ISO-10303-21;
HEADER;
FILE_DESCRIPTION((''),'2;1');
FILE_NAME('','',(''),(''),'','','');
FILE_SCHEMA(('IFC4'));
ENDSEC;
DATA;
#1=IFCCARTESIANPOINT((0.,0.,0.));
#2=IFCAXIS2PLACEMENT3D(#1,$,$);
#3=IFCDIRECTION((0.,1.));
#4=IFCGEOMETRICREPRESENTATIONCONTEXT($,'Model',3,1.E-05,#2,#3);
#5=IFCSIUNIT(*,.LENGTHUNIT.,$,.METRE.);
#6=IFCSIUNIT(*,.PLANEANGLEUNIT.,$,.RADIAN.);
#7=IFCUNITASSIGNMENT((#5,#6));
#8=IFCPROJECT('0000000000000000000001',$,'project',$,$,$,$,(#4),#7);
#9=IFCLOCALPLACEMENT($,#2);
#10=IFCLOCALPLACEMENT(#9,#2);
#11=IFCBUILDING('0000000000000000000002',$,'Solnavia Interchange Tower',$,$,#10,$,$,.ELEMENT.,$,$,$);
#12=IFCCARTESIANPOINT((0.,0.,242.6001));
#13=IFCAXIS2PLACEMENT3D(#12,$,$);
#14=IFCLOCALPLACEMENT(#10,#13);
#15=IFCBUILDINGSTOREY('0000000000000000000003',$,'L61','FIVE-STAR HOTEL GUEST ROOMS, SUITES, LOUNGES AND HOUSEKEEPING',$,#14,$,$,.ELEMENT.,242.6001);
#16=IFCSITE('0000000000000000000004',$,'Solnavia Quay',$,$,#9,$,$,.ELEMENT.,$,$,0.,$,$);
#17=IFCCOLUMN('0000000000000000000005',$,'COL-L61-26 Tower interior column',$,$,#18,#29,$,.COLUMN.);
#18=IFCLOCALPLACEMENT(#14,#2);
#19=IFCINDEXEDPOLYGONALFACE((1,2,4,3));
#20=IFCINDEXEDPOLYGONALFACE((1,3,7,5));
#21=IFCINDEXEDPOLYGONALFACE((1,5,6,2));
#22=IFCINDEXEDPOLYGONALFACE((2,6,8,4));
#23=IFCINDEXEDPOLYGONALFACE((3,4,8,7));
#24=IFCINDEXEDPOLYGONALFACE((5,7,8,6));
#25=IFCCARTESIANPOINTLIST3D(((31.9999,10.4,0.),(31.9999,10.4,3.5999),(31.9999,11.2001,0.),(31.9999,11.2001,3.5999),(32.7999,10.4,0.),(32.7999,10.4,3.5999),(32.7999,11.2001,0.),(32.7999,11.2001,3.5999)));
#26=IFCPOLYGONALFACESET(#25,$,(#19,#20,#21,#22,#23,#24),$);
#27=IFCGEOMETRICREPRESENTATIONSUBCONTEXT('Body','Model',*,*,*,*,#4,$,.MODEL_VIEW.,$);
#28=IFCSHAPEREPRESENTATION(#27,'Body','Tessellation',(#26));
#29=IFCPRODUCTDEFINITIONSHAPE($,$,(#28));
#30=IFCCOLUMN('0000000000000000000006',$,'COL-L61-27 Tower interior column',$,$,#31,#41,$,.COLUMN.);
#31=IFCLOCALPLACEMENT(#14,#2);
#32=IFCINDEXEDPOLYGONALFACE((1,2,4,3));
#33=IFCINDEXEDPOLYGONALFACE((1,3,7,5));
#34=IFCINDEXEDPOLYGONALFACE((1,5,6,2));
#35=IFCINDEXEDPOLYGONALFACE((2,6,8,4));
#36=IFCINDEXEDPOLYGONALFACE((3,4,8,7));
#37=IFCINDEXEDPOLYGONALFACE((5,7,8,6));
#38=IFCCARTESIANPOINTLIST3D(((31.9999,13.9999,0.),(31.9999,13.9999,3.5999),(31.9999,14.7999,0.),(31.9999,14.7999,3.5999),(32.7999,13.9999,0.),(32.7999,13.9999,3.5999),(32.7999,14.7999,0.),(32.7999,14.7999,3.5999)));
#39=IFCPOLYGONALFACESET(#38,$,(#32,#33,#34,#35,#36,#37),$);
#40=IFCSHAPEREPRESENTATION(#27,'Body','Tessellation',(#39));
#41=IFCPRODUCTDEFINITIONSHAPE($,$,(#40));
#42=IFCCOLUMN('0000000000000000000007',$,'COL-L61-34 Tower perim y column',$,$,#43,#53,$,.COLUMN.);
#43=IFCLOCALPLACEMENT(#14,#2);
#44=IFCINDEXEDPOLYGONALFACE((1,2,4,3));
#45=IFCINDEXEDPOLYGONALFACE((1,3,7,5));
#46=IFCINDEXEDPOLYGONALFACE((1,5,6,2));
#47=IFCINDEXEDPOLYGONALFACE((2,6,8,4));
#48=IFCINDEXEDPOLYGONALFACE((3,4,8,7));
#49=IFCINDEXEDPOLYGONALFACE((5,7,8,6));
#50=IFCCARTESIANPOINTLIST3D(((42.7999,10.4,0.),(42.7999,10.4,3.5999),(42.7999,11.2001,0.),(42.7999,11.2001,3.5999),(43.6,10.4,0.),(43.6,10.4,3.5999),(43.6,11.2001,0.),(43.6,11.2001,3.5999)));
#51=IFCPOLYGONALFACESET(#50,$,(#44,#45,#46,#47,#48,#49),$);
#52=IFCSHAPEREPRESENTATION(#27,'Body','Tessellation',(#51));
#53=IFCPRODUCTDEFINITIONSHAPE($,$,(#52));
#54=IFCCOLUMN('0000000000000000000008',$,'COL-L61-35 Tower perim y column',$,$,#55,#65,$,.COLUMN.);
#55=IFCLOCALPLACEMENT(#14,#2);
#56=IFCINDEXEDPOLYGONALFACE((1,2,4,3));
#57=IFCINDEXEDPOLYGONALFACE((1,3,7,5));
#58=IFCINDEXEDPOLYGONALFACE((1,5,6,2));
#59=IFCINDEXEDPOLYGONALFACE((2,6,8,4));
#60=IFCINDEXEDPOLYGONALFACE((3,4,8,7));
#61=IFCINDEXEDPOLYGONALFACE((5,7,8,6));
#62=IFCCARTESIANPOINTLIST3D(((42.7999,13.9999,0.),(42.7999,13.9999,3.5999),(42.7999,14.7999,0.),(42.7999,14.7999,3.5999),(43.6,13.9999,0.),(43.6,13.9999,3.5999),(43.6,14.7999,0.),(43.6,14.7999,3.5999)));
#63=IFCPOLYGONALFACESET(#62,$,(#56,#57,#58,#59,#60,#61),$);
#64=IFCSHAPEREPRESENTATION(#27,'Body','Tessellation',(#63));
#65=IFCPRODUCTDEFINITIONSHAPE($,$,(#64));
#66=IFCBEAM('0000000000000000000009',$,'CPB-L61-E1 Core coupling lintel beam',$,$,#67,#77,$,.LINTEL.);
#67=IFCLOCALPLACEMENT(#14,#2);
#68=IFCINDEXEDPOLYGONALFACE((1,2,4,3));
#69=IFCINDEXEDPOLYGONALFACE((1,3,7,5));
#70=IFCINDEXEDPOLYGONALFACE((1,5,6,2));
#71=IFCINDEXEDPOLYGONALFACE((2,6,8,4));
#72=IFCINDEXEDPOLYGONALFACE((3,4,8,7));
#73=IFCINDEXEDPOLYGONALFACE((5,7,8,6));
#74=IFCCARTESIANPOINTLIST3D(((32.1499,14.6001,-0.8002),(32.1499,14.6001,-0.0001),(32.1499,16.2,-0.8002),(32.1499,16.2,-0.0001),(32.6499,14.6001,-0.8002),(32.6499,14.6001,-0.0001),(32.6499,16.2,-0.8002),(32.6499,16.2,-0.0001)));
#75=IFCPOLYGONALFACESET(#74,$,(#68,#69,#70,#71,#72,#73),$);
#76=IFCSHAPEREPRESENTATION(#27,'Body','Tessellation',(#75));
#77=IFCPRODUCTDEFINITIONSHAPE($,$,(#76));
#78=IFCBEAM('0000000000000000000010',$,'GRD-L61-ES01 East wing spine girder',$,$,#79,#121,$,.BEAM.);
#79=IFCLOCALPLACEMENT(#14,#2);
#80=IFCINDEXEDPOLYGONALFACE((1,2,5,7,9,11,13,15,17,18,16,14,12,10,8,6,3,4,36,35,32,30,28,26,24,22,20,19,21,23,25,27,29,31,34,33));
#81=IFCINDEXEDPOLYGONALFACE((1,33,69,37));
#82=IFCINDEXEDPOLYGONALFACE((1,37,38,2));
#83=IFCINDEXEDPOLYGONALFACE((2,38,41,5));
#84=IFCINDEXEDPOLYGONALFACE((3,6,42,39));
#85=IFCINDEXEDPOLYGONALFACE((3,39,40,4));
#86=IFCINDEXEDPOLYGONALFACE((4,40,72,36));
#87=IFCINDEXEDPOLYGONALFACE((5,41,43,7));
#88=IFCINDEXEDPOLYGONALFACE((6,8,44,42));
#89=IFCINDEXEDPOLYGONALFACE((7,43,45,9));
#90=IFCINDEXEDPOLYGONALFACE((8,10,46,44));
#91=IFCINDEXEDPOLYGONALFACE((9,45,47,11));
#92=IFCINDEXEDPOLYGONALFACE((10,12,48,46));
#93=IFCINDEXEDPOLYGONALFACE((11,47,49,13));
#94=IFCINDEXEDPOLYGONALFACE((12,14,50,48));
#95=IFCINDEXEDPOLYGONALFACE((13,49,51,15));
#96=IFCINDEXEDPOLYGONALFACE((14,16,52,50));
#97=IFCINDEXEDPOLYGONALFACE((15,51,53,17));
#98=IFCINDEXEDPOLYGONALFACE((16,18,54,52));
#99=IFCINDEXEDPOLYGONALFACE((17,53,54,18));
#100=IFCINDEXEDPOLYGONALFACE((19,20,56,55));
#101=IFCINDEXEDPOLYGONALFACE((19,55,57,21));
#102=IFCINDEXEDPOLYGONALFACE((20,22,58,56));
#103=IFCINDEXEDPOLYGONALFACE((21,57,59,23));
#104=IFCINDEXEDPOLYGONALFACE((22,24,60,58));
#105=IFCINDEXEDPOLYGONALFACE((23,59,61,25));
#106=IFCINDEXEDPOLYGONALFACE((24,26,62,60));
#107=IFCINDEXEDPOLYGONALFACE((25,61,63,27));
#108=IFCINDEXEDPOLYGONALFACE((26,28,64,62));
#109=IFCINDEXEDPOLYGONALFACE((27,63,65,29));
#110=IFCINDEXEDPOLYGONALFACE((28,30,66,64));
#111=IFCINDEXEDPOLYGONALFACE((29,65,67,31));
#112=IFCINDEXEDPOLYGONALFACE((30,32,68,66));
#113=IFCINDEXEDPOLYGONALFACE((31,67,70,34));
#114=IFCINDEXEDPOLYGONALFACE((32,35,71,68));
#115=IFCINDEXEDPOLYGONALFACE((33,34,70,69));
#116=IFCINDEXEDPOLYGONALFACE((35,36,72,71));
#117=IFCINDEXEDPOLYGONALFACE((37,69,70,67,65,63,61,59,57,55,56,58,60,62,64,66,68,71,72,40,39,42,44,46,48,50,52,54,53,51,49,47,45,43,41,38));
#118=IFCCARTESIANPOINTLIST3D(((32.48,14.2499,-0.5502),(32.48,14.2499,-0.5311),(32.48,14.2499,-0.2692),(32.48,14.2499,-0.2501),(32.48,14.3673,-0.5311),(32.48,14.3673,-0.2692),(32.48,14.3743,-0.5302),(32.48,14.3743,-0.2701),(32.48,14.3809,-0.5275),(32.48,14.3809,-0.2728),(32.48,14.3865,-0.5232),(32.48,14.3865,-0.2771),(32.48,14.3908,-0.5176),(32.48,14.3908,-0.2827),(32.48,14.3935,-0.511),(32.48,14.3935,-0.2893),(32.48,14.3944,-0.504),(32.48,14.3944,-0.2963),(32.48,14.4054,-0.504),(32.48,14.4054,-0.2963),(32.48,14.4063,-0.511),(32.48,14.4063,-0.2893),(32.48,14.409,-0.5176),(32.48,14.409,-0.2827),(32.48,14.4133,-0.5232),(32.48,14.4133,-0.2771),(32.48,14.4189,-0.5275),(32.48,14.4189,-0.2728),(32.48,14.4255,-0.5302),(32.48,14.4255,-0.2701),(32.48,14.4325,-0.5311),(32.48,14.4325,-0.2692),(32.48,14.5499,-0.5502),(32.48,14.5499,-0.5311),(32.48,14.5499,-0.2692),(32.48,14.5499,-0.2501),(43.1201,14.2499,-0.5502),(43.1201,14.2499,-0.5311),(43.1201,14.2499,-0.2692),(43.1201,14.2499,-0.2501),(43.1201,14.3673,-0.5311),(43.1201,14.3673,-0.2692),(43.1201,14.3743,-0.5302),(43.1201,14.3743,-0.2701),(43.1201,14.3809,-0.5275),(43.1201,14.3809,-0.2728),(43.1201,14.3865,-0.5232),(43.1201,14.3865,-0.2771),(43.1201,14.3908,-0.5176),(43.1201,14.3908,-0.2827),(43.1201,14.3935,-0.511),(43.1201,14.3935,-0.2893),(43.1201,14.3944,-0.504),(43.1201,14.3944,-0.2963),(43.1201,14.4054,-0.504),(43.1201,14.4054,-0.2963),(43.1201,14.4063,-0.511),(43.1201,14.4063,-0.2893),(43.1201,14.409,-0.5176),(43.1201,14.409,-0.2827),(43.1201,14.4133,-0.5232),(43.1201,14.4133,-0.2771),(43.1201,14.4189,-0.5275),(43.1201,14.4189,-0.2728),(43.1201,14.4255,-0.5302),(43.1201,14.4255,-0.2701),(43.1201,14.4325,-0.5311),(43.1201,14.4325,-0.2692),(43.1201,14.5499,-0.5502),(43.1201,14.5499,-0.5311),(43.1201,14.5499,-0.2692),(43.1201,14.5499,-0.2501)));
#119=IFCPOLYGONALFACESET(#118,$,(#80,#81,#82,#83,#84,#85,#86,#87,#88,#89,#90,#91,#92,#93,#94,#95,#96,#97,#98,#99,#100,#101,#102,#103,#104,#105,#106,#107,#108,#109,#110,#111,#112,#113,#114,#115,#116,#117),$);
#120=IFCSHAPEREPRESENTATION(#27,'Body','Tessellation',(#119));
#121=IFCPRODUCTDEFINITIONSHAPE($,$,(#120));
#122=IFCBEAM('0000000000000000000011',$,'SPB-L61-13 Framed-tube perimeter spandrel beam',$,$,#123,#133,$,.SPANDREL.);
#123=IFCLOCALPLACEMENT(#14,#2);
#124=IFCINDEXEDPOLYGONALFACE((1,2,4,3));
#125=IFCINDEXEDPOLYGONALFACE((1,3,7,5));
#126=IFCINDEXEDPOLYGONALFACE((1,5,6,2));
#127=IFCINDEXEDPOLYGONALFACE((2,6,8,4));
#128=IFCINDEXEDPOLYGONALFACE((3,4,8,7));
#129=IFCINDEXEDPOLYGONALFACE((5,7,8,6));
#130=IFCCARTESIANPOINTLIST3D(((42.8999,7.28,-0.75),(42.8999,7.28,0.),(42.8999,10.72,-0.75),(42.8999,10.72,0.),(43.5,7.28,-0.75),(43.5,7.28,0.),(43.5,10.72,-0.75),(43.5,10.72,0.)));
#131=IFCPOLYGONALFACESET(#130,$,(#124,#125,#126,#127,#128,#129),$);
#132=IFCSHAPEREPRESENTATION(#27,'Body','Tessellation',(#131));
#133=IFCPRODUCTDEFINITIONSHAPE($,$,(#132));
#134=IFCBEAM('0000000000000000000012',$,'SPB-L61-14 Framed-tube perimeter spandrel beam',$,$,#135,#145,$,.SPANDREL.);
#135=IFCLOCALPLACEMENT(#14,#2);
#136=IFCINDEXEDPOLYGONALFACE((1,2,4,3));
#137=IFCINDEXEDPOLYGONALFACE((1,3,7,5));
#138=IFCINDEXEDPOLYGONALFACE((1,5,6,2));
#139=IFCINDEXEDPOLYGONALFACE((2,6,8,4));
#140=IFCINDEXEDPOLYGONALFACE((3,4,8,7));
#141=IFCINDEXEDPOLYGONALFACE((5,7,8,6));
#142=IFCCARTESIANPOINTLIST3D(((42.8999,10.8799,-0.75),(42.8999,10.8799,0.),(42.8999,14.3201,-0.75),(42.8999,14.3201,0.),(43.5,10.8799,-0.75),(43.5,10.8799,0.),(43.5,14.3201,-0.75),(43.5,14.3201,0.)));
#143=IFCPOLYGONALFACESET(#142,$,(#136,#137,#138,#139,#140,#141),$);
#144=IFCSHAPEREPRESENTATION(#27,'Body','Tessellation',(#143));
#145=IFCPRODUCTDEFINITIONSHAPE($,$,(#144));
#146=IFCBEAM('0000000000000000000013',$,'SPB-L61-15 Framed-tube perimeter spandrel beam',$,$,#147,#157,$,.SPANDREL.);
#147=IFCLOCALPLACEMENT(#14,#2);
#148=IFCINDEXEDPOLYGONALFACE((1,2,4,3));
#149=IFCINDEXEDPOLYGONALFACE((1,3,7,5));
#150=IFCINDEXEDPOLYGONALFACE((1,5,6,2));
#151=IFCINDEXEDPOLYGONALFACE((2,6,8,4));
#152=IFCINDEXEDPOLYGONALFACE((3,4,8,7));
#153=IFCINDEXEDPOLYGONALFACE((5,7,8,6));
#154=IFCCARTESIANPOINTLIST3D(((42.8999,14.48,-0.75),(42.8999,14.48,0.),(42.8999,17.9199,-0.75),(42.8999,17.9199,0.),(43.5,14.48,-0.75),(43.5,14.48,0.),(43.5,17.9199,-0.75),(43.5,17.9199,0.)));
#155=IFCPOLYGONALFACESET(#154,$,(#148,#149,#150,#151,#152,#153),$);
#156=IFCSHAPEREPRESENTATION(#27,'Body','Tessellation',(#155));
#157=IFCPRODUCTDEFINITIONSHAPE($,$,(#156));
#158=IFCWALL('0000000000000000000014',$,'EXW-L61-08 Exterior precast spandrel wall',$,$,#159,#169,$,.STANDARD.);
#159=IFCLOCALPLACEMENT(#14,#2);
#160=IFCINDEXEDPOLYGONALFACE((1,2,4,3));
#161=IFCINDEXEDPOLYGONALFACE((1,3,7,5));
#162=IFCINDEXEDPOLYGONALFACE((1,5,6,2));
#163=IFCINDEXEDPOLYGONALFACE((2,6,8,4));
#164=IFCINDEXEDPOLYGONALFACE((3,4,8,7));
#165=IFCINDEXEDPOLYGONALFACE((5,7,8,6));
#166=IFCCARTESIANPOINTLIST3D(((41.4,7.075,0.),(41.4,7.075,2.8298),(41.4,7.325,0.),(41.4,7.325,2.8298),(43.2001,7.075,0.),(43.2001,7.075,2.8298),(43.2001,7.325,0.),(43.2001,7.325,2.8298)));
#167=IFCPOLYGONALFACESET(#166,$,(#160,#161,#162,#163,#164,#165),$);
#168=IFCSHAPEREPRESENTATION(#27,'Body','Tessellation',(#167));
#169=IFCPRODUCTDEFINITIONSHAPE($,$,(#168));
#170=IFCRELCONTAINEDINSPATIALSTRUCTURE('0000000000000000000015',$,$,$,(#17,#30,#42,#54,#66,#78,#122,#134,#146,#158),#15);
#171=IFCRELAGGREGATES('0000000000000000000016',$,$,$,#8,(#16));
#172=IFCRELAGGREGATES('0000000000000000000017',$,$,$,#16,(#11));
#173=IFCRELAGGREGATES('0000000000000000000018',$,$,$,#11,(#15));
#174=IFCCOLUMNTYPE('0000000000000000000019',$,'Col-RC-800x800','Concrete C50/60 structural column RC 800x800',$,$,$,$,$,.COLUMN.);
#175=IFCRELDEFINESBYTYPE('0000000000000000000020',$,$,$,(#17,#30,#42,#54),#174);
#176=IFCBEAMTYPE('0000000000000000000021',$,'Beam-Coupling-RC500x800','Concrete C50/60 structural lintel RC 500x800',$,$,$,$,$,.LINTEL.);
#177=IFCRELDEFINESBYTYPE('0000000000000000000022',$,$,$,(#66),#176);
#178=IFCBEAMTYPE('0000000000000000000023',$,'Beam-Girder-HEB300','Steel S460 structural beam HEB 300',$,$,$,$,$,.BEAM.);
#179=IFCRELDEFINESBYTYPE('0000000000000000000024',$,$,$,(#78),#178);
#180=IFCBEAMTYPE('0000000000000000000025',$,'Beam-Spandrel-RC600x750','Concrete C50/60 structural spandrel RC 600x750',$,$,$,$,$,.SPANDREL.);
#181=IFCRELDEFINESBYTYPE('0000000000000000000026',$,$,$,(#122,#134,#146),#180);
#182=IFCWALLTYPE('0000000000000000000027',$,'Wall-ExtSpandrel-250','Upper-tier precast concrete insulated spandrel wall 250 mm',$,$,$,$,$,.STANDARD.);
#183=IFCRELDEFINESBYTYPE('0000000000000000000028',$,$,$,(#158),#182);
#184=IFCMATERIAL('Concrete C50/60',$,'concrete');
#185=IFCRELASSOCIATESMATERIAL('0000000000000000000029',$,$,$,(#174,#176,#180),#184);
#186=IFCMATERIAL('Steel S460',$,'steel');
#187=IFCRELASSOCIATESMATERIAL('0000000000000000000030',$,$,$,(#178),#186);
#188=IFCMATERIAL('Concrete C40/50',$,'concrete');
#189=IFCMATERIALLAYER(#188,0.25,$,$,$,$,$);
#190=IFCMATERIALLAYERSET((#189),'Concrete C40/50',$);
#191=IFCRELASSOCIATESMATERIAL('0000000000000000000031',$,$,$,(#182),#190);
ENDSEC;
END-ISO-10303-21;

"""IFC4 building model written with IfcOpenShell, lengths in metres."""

from ifc_helpers import new_model, si_unit, direction, frame, frame_2d, origin, origin_2d, place, context, subcontext, project, spatial, rectangle, i_section, extrude, material, layer, layer_set, material_profile, profile_set, type_object, element, save


model = new_model("IFC4")

# Units and contexts
model_context = context("Model", 3, precision=1e-05, world=origin(), true_north=direction((0.0, 1.0)))
body_context = subcontext(model_context, "Body", "Model", "MODEL_VIEW")
ifc_project = project(units=[si_unit("LENGTHUNIT", "METRE"), si_unit("PLANEANGLEUNIT", "RADIAN")], contexts=[model_context])

# Site, building, storey
site_placement = place(None, origin())
site = spatial("IfcSite", under=ifc_project, at=site_placement, Name="Solnavia Quay", CompositionType="ELEMENT", RefElevation=0.0)
building_placement = place(site_placement, origin())
building = spatial("IfcBuilding", under=site, at=building_placement, Name="Solnavia Interchange Tower", CompositionType="ELEMENT")
storey_placement = place(building_placement, frame((0.0, 0.0, 242.6001)))
storey = spatial("IfcBuildingStorey", under=building, at=storey_placement, Name="L61", Description="FIVE-STAR HOTEL GUEST ROOMS, SUITES, LOUNGES AND HOUSEKEEPING", CompositionType="ELEMENT", Elevation=242.6001)

# Columns
ifc_material_1 = material(Name="Concrete C50/60", Category="concrete")
ifc_material_profile_1 = material_profile(ifc_material_1, rectangle(XDim=0.8, YDim=0.8, at=origin_2d()), Name="RC 800x800")
ifc_profile_set_1 = profile_set([ifc_material_profile_1], Name="Concrete C50/60")
column_type = type_object("IfcColumnType", Name="Col-RC-800x800", Description="Concrete C50/60 structural column RC 800x800", PredefinedType="COLUMN", material=ifc_profile_set_1)
for number, where, z_axis, x_axis, name in (
    (1, (32.3999, 10.8, 0.0), (0.0, 0.0, 1.0), (1.0, 0.0, 0.0), "COL-L61-26 Tower interior column"),
    (2, (32.3999, 14.3999, 0.0), (0.0, 0.0, 1.0), (1.0, 0.0, 0.0), "COL-L61-27 Tower interior column"),
    (3, (43.2, 10.8, 0.0), (0.0, 0.0, 1.0), (0.0, 1.0, 0.0), "COL-L61-34 Tower perim y column"),
    (4, (43.2, 14.3999, 0.0), (0.0, 0.0, 1.0), (0.0, 1.0, 0.0), "COL-L61-35 Tower perim y column"),
):
    element("IfcColumn", number, at=place(storey_placement, frame(where, z_axis=z_axis, x_axis=x_axis)), inside=storey, type_object=column_type, Name=name, PredefinedType="COLUMN", context=body_context, shape_type="SweptSolid", body=[
        extrude(rectangle(XDim=0.8, YDim=0.8, at=origin_2d()), origin(), (0.0, 0.0, 1.0), 3.5999),
    ])

# Beams
ifc_material_profile_2 = material_profile(ifc_material_1, rectangle(XDim=0.5, YDim=0.8, at=origin_2d()), Name="RC 500x800")
ifc_profile_set_2 = profile_set([ifc_material_profile_2], Name="Concrete C50/60")
beam_type_1 = type_object("IfcBeamType", Name="Beam-Coupling-RC500x800", Description="Concrete C50/60 structural lintel RC 500x800", PredefinedType="LINTEL", material=ifc_profile_set_2)
beam_1_placement = place(storey_placement, frame((32.3999, 14.6001, -0.4001), z_axis=(0.0, 1.0, 0.0), x_axis=(-1.0, 0.0, 0.0)))
element("IfcBeam", 5, at=beam_1_placement, inside=storey, type_object=beam_type_1, Name="CPB-L61-E1 Core coupling lintel beam", PredefinedType="LINTEL", context=body_context, shape_type="SweptSolid", body=[
    extrude(rectangle(XDim=0.5, YDim=0.8, at=origin_2d()), origin(), (0.0, 0.0, 1.0), 1.5999),
])
ifc_material_2 = material(Name="Steel S460", Category="steel")
ifc_material_profile_3 = material_profile(ifc_material_2, i_section(OverallWidth=0.3, OverallDepth=0.3, WebThickness=0.011, FlangeThickness=0.019, FilletRadius=0.0271, at=origin_2d()), Name="HEB 300")
ifc_profile_set_3 = profile_set([ifc_material_profile_3], Name="Steel S460")
beam_type_2 = type_object("IfcBeamType", Name="Beam-Girder-HEB300", Description="Steel S460 structural beam HEB 300", PredefinedType="BEAM", material=ifc_profile_set_3)
beam_2_placement = place(storey_placement, frame((32.48, 14.3999, -0.4001), z_axis=(1.0, 0.0, 0.0), x_axis=(0.0, 1.0, 0.0)))
element("IfcBeam", 6, at=beam_2_placement, inside=storey, type_object=beam_type_2, Name="GRD-L61-ES01 East wing spine girder", PredefinedType="BEAM", context=body_context, shape_type="SweptSolid", body=[
    extrude(i_section(OverallWidth=0.3, OverallDepth=0.3, WebThickness=0.011, FlangeThickness=0.019, FilletRadius=0.0271, at=origin_2d()), origin(), (0.0, 0.0, 1.0), 10.6401),
])
ifc_material_profile_4 = material_profile(ifc_material_1, rectangle(XDim=0.6001, YDim=0.75, at=origin_2d()), Name="RC 600x750")
ifc_profile_set_4 = profile_set([ifc_material_profile_4], Name="Concrete C50/60")
beam_type_3 = type_object("IfcBeamType", Name="Beam-Spandrel-RC600x750", Description="Concrete C50/60 structural spandrel RC 600x750", PredefinedType="SPANDREL", material=ifc_profile_set_4)
beam_3_placement = place(storey_placement, frame((43.2, 7.28, -0.375), z_axis=(0.0, 1.0, 0.0), x_axis=(-1.0, 0.0, 0.0)))
element("IfcBeam", 7, at=beam_3_placement, inside=storey, type_object=beam_type_3, Name="SPB-L61-13 Framed-tube perimeter spandrel beam", PredefinedType="SPANDREL", context=body_context, shape_type="SweptSolid", body=[
    extrude(rectangle(XDim=0.6001, YDim=0.75, at=origin_2d()), origin(), (0.0, 0.0, 1.0), 3.4399),
])
beam_4_placement = place(storey_placement, frame((43.2, 10.8799, -0.375), z_axis=(0.0, 1.0, 0.0), x_axis=(-1.0, 0.0, 0.0)))
element("IfcBeam", 8, at=beam_4_placement, inside=storey, type_object=beam_type_3, Name="SPB-L61-14 Framed-tube perimeter spandrel beam", PredefinedType="SPANDREL", context=body_context, shape_type="SweptSolid", body=[
    extrude(rectangle(XDim=0.6001, YDim=0.75, at=origin_2d()), origin(), (0.0, 0.0, 1.0), 3.4402),
])
beam_5_placement = place(storey_placement, frame((43.2, 14.48, -0.375), z_axis=(0.0, 1.0, 0.0), x_axis=(-1.0, 0.0, 0.0)))
element("IfcBeam", 9, at=beam_5_placement, inside=storey, type_object=beam_type_3, Name="SPB-L61-15 Framed-tube perimeter spandrel beam", PredefinedType="SPANDREL", context=body_context, shape_type="SweptSolid", body=[
    extrude(rectangle(XDim=0.6001, YDim=0.75, at=origin_2d()), origin(), (0.0, 0.0, 1.0), 3.4399),
])

# Wall
ifc_material_3 = material(Name="Concrete C40/50", Category="concrete")
ifc_layer_1 = layer(ifc_material_3, 0.25)
ifc_layer_set_1 = layer_set([ifc_layer_1], Name="Concrete C40/50")
wall_type_1 = type_object("IfcWallType", Name="Wall-ExtSpandrel-250", Description="Upper-tier precast concrete insulated spandrel wall 250 mm", PredefinedType="STANDARD", material=ifc_layer_set_1)
wall_1_placement = place(storey_placement, frame((43.2, 7.2, 0.0), z_axis=(0.0, 0.0, 1.0), x_axis=(-1.0, 0.0, 0.0)))
element("IfcWall", 10, at=wall_1_placement, inside=storey, type_object=wall_type_1, Name="EXW-L61-08 Exterior precast spandrel wall", PredefinedType="STANDARD", context=body_context, shape_type="SweptSolid", body=[
    extrude(rectangle(XDim=1.8, YDim=0.25, at=frame_2d((0.8999, 0.0))), origin(), (0.0, 0.0, 1.0), 2.8298),
])

save(model, "model.ifc")
